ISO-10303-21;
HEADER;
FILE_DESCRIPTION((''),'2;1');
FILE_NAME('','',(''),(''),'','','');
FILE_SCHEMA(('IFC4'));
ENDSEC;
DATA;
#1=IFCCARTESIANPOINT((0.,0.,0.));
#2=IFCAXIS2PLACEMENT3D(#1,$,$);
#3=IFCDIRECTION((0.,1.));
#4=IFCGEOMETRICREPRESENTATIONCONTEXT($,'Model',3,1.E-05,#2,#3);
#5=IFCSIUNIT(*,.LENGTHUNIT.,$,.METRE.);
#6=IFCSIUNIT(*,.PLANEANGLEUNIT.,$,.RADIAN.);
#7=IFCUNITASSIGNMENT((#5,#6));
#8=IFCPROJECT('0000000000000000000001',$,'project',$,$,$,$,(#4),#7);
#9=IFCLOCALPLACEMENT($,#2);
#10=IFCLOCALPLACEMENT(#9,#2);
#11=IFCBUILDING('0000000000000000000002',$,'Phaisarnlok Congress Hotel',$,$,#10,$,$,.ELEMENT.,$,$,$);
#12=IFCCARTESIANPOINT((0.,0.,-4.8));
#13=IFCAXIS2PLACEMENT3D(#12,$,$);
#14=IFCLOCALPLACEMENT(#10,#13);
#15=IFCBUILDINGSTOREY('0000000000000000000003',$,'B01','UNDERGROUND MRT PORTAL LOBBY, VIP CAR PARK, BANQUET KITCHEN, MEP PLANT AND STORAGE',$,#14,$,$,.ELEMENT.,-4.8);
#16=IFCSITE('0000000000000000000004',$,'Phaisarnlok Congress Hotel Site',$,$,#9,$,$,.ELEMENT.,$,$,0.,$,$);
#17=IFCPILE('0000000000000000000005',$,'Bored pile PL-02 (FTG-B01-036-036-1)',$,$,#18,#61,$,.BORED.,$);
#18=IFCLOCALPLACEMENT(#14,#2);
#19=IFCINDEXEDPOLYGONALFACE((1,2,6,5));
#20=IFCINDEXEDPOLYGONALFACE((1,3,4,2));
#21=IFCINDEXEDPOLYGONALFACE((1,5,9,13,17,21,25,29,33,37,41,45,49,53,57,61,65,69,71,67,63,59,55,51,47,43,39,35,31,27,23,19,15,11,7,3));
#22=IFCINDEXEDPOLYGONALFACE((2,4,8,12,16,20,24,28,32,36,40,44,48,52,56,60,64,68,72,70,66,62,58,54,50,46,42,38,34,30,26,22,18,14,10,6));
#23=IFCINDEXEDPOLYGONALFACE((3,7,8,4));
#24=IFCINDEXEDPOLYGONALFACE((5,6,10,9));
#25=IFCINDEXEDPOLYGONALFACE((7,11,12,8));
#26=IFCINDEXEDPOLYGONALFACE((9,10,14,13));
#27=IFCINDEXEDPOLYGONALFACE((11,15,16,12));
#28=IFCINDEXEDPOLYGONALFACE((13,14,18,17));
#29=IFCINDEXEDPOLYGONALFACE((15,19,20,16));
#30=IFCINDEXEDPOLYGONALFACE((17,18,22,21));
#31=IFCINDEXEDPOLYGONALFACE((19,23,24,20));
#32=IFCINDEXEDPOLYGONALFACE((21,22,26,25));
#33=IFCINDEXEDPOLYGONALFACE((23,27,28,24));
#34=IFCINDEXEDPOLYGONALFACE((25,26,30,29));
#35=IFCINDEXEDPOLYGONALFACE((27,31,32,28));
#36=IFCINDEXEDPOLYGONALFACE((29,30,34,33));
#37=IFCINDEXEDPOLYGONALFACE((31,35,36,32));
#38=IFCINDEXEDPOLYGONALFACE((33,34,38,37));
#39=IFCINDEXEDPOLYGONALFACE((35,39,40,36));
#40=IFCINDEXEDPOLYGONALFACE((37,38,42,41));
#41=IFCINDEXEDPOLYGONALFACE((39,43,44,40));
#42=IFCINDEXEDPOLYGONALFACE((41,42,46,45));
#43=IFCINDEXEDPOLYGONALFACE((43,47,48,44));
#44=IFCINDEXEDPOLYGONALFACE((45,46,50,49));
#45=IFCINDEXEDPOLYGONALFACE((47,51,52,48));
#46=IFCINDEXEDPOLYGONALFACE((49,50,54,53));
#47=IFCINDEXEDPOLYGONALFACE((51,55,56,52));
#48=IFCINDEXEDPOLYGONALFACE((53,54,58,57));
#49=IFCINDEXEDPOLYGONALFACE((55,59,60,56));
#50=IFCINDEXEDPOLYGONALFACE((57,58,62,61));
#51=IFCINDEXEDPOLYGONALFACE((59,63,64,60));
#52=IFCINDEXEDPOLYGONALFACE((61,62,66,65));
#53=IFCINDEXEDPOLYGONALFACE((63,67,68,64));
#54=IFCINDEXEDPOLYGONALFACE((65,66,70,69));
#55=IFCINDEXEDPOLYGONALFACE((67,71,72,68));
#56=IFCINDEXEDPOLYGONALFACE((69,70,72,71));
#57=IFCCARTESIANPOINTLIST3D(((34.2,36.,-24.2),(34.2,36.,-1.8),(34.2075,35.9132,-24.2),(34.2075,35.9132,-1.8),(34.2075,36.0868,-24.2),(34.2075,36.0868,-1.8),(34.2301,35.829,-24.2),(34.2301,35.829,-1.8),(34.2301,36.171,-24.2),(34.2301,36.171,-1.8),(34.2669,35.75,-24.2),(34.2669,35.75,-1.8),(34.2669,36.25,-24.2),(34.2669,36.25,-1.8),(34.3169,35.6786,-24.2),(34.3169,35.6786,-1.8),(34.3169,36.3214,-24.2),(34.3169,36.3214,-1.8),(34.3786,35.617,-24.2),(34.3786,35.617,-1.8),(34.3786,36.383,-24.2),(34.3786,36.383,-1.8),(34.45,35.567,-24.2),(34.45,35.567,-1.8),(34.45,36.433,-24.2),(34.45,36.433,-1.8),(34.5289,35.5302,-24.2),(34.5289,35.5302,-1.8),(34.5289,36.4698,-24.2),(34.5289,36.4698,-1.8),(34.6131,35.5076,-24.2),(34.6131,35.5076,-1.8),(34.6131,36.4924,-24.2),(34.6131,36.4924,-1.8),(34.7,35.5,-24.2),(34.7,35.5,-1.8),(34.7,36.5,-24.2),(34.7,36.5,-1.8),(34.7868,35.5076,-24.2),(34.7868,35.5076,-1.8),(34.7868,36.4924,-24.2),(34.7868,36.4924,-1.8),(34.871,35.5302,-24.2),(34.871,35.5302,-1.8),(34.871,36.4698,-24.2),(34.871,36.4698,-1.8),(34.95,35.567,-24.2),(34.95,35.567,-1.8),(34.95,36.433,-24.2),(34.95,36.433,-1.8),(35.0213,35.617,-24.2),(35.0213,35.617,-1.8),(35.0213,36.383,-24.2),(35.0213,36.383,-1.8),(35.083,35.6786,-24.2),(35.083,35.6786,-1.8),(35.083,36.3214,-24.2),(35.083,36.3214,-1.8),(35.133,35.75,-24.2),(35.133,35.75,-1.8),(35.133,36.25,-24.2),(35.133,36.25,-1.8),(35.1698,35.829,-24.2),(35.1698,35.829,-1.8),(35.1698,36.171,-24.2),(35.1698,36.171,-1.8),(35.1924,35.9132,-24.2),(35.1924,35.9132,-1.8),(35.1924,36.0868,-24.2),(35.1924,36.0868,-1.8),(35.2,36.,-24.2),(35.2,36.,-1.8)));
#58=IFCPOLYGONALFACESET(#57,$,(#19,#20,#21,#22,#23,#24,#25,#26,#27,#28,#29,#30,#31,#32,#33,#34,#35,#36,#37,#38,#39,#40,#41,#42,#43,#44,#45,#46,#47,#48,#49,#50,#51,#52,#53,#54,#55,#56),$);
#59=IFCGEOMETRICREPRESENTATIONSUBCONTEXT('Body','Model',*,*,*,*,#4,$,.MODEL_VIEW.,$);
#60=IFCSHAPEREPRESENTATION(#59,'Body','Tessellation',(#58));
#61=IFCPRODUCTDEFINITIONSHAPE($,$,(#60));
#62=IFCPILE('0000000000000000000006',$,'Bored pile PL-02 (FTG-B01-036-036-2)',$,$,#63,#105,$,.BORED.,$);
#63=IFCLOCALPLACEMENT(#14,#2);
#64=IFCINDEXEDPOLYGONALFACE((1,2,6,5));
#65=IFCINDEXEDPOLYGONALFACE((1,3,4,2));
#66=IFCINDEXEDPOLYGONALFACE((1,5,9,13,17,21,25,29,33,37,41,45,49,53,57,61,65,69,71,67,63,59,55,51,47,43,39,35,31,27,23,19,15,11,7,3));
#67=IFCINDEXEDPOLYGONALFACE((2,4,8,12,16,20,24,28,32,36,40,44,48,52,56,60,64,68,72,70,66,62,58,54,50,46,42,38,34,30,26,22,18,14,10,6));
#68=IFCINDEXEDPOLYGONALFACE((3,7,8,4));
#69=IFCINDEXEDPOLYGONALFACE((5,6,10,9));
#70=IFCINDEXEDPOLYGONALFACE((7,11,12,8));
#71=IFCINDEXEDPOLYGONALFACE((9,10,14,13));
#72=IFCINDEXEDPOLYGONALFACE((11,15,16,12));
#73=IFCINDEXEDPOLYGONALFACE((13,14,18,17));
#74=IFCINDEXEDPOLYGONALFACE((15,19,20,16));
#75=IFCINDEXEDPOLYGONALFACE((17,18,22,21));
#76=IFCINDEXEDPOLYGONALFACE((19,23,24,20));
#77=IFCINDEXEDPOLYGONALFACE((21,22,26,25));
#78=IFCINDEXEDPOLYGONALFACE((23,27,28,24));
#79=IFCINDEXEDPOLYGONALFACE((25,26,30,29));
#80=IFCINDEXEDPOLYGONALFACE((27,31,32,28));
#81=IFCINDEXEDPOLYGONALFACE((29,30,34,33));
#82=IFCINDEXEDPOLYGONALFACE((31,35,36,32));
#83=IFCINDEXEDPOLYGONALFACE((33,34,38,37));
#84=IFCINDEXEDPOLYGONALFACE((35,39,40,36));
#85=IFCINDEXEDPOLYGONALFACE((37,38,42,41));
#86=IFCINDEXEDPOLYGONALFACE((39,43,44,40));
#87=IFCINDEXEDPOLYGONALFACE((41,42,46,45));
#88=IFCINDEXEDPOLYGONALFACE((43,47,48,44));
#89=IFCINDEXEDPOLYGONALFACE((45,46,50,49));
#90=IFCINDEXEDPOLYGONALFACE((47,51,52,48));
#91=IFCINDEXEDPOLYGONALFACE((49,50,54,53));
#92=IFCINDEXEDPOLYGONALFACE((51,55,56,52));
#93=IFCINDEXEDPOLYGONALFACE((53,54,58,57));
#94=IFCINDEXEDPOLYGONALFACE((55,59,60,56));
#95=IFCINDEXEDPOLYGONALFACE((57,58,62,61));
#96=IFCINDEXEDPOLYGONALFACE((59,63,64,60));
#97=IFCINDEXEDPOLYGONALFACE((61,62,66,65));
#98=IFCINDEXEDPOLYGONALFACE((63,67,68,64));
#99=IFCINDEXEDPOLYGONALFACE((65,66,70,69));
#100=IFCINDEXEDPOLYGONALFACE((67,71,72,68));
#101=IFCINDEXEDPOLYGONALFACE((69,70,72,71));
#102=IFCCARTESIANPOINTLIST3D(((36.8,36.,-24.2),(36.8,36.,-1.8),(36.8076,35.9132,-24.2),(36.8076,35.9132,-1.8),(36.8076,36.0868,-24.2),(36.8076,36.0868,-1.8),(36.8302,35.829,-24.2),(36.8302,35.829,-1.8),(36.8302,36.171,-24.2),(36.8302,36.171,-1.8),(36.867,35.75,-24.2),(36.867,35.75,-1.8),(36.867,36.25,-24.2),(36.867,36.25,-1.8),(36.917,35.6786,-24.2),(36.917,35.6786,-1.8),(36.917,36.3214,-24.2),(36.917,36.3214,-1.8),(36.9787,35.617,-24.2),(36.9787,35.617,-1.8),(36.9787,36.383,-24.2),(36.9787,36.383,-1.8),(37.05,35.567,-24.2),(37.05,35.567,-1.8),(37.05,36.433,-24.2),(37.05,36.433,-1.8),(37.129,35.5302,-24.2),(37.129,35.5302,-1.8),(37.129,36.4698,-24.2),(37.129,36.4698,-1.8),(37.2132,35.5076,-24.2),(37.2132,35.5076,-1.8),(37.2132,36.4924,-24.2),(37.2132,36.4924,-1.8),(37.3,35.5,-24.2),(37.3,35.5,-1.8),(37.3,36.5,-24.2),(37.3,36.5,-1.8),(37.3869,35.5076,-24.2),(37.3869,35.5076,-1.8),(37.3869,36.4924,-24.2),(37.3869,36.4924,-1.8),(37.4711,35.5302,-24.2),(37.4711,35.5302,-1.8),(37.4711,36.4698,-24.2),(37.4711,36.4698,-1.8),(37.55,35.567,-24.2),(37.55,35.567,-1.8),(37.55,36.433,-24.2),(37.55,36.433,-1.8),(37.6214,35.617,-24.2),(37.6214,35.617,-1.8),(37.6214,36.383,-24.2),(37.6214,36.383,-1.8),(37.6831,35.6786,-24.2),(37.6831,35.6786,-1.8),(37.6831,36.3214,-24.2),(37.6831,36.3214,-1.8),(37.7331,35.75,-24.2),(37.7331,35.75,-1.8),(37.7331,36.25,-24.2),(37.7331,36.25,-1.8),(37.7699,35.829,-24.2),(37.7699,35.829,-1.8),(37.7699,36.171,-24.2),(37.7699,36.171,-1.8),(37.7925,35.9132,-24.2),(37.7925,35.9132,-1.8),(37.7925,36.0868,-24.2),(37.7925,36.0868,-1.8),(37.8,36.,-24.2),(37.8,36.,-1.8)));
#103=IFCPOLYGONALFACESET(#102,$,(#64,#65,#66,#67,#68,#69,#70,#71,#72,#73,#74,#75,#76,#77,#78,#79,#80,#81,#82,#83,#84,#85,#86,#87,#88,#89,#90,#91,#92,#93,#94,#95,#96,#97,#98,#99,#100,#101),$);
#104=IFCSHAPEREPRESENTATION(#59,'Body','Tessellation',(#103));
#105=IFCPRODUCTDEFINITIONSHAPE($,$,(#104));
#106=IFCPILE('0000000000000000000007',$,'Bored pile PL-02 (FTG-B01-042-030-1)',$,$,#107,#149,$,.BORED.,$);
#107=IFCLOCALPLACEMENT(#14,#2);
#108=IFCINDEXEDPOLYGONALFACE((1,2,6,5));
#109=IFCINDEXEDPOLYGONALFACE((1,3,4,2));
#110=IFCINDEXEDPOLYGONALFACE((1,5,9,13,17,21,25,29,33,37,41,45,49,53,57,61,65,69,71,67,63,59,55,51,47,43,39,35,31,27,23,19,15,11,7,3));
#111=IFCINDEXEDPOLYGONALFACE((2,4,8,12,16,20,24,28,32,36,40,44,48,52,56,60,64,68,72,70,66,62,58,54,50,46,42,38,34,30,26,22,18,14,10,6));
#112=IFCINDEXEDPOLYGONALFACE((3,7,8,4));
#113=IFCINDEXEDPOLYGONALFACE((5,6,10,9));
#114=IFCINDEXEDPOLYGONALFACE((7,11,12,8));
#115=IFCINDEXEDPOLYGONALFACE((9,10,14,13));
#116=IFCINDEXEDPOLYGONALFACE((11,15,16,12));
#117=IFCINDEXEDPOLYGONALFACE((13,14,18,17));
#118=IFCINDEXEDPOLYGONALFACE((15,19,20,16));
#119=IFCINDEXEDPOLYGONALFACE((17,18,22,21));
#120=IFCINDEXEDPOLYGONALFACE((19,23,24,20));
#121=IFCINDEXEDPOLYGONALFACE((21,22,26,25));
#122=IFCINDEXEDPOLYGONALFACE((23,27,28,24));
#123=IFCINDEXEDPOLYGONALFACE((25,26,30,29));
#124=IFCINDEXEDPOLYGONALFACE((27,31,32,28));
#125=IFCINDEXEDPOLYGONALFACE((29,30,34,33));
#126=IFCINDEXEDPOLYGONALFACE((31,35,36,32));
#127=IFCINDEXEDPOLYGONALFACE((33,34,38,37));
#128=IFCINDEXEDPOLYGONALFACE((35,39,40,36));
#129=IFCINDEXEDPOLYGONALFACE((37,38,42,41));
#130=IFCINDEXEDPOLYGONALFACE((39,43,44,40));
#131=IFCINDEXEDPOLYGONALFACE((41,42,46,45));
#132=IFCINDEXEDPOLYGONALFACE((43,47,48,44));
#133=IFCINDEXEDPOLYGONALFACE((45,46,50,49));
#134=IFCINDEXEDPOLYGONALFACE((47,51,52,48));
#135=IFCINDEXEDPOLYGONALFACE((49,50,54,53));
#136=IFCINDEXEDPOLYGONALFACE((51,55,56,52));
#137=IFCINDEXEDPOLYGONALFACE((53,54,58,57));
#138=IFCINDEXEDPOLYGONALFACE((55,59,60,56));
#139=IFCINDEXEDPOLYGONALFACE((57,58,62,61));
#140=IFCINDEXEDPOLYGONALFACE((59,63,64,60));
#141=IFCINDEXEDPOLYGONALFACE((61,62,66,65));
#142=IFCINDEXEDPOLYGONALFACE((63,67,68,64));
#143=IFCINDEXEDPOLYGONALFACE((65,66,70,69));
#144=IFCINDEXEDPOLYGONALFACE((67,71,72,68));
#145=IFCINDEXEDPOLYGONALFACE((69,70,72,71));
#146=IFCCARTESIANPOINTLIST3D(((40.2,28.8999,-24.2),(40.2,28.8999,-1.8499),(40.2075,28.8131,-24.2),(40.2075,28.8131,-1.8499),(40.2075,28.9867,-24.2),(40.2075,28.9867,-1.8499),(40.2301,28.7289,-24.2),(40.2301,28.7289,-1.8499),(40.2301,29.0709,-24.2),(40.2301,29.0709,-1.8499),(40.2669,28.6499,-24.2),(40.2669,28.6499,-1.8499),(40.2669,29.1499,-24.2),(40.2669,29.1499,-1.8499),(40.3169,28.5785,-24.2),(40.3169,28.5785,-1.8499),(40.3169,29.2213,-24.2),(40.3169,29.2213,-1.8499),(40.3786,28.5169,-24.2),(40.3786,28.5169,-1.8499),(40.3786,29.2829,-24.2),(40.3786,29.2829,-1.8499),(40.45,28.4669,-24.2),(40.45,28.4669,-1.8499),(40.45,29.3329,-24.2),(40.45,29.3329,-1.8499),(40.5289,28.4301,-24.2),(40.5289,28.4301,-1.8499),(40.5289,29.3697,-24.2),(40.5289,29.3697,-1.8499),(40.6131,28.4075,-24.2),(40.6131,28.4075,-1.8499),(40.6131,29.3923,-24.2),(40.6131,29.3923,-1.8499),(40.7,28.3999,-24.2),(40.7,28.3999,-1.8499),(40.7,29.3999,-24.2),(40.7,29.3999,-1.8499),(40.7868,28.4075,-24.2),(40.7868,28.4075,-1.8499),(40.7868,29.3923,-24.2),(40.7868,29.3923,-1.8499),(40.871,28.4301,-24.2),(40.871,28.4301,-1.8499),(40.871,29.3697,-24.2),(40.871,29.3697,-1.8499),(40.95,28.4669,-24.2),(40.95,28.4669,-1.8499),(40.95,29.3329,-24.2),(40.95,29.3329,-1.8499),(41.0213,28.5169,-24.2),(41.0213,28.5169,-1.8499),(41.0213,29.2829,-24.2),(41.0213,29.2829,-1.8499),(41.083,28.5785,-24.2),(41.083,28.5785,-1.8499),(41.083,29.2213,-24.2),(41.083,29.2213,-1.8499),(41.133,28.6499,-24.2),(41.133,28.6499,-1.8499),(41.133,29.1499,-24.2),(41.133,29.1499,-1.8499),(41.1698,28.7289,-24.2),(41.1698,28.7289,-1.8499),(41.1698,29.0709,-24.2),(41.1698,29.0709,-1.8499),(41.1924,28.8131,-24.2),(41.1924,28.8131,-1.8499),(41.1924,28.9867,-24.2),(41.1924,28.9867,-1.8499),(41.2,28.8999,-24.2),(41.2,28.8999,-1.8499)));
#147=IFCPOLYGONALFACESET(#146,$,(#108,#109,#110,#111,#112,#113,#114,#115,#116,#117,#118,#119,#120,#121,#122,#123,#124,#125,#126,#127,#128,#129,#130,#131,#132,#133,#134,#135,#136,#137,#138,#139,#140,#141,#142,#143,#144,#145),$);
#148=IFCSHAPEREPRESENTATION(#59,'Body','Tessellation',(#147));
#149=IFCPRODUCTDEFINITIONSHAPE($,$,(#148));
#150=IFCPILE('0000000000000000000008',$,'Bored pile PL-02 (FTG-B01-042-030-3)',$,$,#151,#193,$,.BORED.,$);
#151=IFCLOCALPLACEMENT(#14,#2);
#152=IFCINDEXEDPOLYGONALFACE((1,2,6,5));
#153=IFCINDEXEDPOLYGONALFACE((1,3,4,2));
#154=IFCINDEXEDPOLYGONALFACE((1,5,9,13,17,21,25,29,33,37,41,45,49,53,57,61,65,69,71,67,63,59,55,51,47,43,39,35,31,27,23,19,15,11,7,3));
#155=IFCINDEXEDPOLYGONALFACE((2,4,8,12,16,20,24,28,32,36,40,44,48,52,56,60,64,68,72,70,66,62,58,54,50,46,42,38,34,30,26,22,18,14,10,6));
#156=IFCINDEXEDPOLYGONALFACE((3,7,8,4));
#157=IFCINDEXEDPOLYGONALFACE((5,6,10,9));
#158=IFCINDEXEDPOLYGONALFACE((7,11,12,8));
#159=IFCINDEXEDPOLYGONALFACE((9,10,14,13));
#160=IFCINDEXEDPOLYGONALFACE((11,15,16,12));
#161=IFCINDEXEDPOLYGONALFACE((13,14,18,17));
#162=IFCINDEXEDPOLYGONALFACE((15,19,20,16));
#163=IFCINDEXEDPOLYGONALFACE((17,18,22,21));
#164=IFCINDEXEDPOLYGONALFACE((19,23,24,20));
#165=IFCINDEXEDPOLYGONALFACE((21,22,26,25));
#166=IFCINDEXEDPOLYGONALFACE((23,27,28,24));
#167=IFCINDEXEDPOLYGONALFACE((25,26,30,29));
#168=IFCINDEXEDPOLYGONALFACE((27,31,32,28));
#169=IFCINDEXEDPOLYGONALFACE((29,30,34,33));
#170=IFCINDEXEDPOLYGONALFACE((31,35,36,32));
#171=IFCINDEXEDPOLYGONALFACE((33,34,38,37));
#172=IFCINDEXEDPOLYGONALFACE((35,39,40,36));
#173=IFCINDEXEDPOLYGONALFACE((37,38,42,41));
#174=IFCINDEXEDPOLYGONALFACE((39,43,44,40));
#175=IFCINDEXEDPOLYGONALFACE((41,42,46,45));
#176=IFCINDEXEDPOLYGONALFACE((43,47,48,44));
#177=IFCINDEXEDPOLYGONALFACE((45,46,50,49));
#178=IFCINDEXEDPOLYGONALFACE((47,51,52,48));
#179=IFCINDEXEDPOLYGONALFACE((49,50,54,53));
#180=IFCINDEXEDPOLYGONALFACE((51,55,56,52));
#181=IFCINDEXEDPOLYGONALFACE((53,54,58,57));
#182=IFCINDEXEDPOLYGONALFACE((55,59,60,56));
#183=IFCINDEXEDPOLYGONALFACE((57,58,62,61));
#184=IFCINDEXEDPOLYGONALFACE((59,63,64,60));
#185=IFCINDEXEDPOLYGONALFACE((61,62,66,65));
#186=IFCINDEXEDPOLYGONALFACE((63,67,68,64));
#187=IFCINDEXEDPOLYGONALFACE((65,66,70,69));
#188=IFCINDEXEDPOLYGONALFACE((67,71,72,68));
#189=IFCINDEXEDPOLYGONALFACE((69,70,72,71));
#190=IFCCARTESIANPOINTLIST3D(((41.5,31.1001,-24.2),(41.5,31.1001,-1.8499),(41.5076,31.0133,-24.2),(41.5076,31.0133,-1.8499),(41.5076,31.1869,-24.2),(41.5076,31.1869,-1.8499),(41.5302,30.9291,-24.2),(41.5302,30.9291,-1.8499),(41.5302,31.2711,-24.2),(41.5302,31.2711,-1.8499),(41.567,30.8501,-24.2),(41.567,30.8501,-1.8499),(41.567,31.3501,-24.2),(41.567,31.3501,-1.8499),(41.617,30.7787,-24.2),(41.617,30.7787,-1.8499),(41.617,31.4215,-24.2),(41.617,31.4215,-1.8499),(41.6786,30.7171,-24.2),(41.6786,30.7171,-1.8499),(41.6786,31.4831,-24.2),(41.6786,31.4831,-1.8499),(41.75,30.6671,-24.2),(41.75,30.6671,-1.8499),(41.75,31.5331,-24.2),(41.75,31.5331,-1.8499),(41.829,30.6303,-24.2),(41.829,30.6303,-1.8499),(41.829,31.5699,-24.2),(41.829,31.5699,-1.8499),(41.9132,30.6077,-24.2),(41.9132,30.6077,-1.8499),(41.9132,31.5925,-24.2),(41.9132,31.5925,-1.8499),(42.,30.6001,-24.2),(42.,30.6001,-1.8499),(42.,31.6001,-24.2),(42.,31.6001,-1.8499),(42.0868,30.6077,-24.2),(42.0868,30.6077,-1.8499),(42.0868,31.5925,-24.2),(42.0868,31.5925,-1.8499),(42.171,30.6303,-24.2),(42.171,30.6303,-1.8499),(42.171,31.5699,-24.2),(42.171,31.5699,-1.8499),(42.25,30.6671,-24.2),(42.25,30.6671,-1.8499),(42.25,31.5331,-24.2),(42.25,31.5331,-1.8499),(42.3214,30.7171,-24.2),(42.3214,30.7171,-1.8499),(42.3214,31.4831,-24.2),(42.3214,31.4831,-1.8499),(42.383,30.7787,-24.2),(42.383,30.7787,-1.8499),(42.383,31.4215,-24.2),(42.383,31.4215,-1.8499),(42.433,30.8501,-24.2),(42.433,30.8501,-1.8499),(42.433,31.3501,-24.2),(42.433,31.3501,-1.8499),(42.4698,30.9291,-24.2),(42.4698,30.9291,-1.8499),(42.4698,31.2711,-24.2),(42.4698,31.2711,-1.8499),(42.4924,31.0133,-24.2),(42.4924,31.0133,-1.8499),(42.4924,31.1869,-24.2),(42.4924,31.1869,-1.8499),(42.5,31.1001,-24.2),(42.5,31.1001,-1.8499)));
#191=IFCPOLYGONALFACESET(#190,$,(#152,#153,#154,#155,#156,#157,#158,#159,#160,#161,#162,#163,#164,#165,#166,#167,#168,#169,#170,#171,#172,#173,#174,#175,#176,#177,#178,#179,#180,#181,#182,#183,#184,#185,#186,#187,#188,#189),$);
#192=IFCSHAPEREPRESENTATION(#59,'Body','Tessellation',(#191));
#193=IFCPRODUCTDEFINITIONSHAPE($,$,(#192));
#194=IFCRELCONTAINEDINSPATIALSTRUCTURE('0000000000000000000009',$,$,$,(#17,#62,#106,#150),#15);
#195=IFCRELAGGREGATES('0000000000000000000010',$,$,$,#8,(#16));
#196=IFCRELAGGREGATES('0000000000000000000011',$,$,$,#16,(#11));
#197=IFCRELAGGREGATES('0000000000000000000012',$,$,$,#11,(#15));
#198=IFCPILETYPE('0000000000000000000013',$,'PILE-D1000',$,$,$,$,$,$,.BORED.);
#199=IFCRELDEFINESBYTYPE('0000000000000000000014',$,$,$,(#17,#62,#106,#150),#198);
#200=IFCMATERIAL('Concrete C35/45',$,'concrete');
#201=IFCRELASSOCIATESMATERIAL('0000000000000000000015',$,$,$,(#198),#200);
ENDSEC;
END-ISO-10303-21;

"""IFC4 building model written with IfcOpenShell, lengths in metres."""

from ifc_helpers import new_model, si_unit, direction, frame, origin, origin_2d, place, context, subcontext, project, spatial, circle, extrude, material, material_profile, profile_set, type_object, element, save


model = new_model("IFC4")

# Units and contexts
model_context = context("Model", 3, precision=1e-05, world=origin(), true_north=direction((0.0, 1.0)))
body_context = subcontext(model_context, "Body", "Model", "MODEL_VIEW")
ifc_project = project(units=[si_unit("LENGTHUNIT", "METRE"), si_unit("PLANEANGLEUNIT", "RADIAN")], contexts=[model_context])

# Site, building, storey
site_placement = place(None, origin())
site = spatial("IfcSite", under=ifc_project, at=site_placement, Name="Phaisarnlok Congress Hotel Site", CompositionType="ELEMENT", RefElevation=0.0)
building_placement = place(site_placement, origin())
building = spatial("IfcBuilding", under=site, at=building_placement, Name="Phaisarnlok Congress Hotel", CompositionType="ELEMENT")
storey_placement = place(building_placement, frame((0.0, 0.0, -4.8)))
storey = spatial("IfcBuildingStorey", under=building, at=storey_placement, Name="B01", Description="UNDERGROUND MRT PORTAL LOBBY, VIP CAR PARK, BANQUET KITCHEN, MEP PLANT AND STORAGE", CompositionType="ELEMENT", Elevation=-4.8)

# Piles
ifc_material_1 = material(Name="Concrete C35/45", Category="concrete")
ifc_material_profile_1 = material_profile(ifc_material_1, circle(Radius=0.5, at=origin_2d()), Name="BORED PILE D1000")
ifc_profile_set_1 = profile_set([ifc_material_profile_1], Name="Concrete C35/45")
pile_type_1 = type_object("IfcPileType", Name="PILE-D1000", PredefinedType="BORED", material=ifc_profile_set_1)
for number, where, z_axis, x_axis, name in (
    (1, (34.7, 36.0, -1.8), (0.0, 0.0, -1.0), (1.0, 0.0, 0.0), "Bored pile PL-02 (FTG-B01-036-036-1)"),
    (2, (37.3, 36.0, -1.8), (0.0, 0.0, -1.0), (1.0, 0.0, 0.0), "Bored pile PL-02 (FTG-B01-036-036-2)"),
):
    element("IfcPile", number, at=place(storey_placement, frame(where, z_axis=z_axis, x_axis=x_axis)), inside=storey, type_object=pile_type_1, Name=name, PredefinedType="BORED", context=body_context, shape_type="SweptSolid", body=[
        extrude(circle(Radius=0.5, at=origin_2d()), origin(), (0.0, 0.0, 1.0), 22.3999),
    ])
for number, where, z_axis, x_axis, name in (
    (3, (40.7, 28.8999, -1.8499), (0.0, 0.0, -1.0), (1.0, 0.0, 0.0), "Bored pile PL-02 (FTG-B01-042-030-1)"),
    (4, (42.0, 31.1001, -1.8499), (0.0, 0.0, -1.0), (1.0, 0.0, 0.0), "Bored pile PL-02 (FTG-B01-042-030-3)"),
):
    element("IfcPile", number, at=place(storey_placement, frame(where, z_axis=z_axis, x_axis=x_axis)), inside=storey, type_object=pile_type_1, Name=name, PredefinedType="BORED", context=body_context, shape_type="SweptSolid", body=[
        extrude(circle(Radius=0.5, at=origin_2d()), origin(), (0.0, 0.0, 1.0), 22.3501),
    ])

save(model, "model.ifc")
